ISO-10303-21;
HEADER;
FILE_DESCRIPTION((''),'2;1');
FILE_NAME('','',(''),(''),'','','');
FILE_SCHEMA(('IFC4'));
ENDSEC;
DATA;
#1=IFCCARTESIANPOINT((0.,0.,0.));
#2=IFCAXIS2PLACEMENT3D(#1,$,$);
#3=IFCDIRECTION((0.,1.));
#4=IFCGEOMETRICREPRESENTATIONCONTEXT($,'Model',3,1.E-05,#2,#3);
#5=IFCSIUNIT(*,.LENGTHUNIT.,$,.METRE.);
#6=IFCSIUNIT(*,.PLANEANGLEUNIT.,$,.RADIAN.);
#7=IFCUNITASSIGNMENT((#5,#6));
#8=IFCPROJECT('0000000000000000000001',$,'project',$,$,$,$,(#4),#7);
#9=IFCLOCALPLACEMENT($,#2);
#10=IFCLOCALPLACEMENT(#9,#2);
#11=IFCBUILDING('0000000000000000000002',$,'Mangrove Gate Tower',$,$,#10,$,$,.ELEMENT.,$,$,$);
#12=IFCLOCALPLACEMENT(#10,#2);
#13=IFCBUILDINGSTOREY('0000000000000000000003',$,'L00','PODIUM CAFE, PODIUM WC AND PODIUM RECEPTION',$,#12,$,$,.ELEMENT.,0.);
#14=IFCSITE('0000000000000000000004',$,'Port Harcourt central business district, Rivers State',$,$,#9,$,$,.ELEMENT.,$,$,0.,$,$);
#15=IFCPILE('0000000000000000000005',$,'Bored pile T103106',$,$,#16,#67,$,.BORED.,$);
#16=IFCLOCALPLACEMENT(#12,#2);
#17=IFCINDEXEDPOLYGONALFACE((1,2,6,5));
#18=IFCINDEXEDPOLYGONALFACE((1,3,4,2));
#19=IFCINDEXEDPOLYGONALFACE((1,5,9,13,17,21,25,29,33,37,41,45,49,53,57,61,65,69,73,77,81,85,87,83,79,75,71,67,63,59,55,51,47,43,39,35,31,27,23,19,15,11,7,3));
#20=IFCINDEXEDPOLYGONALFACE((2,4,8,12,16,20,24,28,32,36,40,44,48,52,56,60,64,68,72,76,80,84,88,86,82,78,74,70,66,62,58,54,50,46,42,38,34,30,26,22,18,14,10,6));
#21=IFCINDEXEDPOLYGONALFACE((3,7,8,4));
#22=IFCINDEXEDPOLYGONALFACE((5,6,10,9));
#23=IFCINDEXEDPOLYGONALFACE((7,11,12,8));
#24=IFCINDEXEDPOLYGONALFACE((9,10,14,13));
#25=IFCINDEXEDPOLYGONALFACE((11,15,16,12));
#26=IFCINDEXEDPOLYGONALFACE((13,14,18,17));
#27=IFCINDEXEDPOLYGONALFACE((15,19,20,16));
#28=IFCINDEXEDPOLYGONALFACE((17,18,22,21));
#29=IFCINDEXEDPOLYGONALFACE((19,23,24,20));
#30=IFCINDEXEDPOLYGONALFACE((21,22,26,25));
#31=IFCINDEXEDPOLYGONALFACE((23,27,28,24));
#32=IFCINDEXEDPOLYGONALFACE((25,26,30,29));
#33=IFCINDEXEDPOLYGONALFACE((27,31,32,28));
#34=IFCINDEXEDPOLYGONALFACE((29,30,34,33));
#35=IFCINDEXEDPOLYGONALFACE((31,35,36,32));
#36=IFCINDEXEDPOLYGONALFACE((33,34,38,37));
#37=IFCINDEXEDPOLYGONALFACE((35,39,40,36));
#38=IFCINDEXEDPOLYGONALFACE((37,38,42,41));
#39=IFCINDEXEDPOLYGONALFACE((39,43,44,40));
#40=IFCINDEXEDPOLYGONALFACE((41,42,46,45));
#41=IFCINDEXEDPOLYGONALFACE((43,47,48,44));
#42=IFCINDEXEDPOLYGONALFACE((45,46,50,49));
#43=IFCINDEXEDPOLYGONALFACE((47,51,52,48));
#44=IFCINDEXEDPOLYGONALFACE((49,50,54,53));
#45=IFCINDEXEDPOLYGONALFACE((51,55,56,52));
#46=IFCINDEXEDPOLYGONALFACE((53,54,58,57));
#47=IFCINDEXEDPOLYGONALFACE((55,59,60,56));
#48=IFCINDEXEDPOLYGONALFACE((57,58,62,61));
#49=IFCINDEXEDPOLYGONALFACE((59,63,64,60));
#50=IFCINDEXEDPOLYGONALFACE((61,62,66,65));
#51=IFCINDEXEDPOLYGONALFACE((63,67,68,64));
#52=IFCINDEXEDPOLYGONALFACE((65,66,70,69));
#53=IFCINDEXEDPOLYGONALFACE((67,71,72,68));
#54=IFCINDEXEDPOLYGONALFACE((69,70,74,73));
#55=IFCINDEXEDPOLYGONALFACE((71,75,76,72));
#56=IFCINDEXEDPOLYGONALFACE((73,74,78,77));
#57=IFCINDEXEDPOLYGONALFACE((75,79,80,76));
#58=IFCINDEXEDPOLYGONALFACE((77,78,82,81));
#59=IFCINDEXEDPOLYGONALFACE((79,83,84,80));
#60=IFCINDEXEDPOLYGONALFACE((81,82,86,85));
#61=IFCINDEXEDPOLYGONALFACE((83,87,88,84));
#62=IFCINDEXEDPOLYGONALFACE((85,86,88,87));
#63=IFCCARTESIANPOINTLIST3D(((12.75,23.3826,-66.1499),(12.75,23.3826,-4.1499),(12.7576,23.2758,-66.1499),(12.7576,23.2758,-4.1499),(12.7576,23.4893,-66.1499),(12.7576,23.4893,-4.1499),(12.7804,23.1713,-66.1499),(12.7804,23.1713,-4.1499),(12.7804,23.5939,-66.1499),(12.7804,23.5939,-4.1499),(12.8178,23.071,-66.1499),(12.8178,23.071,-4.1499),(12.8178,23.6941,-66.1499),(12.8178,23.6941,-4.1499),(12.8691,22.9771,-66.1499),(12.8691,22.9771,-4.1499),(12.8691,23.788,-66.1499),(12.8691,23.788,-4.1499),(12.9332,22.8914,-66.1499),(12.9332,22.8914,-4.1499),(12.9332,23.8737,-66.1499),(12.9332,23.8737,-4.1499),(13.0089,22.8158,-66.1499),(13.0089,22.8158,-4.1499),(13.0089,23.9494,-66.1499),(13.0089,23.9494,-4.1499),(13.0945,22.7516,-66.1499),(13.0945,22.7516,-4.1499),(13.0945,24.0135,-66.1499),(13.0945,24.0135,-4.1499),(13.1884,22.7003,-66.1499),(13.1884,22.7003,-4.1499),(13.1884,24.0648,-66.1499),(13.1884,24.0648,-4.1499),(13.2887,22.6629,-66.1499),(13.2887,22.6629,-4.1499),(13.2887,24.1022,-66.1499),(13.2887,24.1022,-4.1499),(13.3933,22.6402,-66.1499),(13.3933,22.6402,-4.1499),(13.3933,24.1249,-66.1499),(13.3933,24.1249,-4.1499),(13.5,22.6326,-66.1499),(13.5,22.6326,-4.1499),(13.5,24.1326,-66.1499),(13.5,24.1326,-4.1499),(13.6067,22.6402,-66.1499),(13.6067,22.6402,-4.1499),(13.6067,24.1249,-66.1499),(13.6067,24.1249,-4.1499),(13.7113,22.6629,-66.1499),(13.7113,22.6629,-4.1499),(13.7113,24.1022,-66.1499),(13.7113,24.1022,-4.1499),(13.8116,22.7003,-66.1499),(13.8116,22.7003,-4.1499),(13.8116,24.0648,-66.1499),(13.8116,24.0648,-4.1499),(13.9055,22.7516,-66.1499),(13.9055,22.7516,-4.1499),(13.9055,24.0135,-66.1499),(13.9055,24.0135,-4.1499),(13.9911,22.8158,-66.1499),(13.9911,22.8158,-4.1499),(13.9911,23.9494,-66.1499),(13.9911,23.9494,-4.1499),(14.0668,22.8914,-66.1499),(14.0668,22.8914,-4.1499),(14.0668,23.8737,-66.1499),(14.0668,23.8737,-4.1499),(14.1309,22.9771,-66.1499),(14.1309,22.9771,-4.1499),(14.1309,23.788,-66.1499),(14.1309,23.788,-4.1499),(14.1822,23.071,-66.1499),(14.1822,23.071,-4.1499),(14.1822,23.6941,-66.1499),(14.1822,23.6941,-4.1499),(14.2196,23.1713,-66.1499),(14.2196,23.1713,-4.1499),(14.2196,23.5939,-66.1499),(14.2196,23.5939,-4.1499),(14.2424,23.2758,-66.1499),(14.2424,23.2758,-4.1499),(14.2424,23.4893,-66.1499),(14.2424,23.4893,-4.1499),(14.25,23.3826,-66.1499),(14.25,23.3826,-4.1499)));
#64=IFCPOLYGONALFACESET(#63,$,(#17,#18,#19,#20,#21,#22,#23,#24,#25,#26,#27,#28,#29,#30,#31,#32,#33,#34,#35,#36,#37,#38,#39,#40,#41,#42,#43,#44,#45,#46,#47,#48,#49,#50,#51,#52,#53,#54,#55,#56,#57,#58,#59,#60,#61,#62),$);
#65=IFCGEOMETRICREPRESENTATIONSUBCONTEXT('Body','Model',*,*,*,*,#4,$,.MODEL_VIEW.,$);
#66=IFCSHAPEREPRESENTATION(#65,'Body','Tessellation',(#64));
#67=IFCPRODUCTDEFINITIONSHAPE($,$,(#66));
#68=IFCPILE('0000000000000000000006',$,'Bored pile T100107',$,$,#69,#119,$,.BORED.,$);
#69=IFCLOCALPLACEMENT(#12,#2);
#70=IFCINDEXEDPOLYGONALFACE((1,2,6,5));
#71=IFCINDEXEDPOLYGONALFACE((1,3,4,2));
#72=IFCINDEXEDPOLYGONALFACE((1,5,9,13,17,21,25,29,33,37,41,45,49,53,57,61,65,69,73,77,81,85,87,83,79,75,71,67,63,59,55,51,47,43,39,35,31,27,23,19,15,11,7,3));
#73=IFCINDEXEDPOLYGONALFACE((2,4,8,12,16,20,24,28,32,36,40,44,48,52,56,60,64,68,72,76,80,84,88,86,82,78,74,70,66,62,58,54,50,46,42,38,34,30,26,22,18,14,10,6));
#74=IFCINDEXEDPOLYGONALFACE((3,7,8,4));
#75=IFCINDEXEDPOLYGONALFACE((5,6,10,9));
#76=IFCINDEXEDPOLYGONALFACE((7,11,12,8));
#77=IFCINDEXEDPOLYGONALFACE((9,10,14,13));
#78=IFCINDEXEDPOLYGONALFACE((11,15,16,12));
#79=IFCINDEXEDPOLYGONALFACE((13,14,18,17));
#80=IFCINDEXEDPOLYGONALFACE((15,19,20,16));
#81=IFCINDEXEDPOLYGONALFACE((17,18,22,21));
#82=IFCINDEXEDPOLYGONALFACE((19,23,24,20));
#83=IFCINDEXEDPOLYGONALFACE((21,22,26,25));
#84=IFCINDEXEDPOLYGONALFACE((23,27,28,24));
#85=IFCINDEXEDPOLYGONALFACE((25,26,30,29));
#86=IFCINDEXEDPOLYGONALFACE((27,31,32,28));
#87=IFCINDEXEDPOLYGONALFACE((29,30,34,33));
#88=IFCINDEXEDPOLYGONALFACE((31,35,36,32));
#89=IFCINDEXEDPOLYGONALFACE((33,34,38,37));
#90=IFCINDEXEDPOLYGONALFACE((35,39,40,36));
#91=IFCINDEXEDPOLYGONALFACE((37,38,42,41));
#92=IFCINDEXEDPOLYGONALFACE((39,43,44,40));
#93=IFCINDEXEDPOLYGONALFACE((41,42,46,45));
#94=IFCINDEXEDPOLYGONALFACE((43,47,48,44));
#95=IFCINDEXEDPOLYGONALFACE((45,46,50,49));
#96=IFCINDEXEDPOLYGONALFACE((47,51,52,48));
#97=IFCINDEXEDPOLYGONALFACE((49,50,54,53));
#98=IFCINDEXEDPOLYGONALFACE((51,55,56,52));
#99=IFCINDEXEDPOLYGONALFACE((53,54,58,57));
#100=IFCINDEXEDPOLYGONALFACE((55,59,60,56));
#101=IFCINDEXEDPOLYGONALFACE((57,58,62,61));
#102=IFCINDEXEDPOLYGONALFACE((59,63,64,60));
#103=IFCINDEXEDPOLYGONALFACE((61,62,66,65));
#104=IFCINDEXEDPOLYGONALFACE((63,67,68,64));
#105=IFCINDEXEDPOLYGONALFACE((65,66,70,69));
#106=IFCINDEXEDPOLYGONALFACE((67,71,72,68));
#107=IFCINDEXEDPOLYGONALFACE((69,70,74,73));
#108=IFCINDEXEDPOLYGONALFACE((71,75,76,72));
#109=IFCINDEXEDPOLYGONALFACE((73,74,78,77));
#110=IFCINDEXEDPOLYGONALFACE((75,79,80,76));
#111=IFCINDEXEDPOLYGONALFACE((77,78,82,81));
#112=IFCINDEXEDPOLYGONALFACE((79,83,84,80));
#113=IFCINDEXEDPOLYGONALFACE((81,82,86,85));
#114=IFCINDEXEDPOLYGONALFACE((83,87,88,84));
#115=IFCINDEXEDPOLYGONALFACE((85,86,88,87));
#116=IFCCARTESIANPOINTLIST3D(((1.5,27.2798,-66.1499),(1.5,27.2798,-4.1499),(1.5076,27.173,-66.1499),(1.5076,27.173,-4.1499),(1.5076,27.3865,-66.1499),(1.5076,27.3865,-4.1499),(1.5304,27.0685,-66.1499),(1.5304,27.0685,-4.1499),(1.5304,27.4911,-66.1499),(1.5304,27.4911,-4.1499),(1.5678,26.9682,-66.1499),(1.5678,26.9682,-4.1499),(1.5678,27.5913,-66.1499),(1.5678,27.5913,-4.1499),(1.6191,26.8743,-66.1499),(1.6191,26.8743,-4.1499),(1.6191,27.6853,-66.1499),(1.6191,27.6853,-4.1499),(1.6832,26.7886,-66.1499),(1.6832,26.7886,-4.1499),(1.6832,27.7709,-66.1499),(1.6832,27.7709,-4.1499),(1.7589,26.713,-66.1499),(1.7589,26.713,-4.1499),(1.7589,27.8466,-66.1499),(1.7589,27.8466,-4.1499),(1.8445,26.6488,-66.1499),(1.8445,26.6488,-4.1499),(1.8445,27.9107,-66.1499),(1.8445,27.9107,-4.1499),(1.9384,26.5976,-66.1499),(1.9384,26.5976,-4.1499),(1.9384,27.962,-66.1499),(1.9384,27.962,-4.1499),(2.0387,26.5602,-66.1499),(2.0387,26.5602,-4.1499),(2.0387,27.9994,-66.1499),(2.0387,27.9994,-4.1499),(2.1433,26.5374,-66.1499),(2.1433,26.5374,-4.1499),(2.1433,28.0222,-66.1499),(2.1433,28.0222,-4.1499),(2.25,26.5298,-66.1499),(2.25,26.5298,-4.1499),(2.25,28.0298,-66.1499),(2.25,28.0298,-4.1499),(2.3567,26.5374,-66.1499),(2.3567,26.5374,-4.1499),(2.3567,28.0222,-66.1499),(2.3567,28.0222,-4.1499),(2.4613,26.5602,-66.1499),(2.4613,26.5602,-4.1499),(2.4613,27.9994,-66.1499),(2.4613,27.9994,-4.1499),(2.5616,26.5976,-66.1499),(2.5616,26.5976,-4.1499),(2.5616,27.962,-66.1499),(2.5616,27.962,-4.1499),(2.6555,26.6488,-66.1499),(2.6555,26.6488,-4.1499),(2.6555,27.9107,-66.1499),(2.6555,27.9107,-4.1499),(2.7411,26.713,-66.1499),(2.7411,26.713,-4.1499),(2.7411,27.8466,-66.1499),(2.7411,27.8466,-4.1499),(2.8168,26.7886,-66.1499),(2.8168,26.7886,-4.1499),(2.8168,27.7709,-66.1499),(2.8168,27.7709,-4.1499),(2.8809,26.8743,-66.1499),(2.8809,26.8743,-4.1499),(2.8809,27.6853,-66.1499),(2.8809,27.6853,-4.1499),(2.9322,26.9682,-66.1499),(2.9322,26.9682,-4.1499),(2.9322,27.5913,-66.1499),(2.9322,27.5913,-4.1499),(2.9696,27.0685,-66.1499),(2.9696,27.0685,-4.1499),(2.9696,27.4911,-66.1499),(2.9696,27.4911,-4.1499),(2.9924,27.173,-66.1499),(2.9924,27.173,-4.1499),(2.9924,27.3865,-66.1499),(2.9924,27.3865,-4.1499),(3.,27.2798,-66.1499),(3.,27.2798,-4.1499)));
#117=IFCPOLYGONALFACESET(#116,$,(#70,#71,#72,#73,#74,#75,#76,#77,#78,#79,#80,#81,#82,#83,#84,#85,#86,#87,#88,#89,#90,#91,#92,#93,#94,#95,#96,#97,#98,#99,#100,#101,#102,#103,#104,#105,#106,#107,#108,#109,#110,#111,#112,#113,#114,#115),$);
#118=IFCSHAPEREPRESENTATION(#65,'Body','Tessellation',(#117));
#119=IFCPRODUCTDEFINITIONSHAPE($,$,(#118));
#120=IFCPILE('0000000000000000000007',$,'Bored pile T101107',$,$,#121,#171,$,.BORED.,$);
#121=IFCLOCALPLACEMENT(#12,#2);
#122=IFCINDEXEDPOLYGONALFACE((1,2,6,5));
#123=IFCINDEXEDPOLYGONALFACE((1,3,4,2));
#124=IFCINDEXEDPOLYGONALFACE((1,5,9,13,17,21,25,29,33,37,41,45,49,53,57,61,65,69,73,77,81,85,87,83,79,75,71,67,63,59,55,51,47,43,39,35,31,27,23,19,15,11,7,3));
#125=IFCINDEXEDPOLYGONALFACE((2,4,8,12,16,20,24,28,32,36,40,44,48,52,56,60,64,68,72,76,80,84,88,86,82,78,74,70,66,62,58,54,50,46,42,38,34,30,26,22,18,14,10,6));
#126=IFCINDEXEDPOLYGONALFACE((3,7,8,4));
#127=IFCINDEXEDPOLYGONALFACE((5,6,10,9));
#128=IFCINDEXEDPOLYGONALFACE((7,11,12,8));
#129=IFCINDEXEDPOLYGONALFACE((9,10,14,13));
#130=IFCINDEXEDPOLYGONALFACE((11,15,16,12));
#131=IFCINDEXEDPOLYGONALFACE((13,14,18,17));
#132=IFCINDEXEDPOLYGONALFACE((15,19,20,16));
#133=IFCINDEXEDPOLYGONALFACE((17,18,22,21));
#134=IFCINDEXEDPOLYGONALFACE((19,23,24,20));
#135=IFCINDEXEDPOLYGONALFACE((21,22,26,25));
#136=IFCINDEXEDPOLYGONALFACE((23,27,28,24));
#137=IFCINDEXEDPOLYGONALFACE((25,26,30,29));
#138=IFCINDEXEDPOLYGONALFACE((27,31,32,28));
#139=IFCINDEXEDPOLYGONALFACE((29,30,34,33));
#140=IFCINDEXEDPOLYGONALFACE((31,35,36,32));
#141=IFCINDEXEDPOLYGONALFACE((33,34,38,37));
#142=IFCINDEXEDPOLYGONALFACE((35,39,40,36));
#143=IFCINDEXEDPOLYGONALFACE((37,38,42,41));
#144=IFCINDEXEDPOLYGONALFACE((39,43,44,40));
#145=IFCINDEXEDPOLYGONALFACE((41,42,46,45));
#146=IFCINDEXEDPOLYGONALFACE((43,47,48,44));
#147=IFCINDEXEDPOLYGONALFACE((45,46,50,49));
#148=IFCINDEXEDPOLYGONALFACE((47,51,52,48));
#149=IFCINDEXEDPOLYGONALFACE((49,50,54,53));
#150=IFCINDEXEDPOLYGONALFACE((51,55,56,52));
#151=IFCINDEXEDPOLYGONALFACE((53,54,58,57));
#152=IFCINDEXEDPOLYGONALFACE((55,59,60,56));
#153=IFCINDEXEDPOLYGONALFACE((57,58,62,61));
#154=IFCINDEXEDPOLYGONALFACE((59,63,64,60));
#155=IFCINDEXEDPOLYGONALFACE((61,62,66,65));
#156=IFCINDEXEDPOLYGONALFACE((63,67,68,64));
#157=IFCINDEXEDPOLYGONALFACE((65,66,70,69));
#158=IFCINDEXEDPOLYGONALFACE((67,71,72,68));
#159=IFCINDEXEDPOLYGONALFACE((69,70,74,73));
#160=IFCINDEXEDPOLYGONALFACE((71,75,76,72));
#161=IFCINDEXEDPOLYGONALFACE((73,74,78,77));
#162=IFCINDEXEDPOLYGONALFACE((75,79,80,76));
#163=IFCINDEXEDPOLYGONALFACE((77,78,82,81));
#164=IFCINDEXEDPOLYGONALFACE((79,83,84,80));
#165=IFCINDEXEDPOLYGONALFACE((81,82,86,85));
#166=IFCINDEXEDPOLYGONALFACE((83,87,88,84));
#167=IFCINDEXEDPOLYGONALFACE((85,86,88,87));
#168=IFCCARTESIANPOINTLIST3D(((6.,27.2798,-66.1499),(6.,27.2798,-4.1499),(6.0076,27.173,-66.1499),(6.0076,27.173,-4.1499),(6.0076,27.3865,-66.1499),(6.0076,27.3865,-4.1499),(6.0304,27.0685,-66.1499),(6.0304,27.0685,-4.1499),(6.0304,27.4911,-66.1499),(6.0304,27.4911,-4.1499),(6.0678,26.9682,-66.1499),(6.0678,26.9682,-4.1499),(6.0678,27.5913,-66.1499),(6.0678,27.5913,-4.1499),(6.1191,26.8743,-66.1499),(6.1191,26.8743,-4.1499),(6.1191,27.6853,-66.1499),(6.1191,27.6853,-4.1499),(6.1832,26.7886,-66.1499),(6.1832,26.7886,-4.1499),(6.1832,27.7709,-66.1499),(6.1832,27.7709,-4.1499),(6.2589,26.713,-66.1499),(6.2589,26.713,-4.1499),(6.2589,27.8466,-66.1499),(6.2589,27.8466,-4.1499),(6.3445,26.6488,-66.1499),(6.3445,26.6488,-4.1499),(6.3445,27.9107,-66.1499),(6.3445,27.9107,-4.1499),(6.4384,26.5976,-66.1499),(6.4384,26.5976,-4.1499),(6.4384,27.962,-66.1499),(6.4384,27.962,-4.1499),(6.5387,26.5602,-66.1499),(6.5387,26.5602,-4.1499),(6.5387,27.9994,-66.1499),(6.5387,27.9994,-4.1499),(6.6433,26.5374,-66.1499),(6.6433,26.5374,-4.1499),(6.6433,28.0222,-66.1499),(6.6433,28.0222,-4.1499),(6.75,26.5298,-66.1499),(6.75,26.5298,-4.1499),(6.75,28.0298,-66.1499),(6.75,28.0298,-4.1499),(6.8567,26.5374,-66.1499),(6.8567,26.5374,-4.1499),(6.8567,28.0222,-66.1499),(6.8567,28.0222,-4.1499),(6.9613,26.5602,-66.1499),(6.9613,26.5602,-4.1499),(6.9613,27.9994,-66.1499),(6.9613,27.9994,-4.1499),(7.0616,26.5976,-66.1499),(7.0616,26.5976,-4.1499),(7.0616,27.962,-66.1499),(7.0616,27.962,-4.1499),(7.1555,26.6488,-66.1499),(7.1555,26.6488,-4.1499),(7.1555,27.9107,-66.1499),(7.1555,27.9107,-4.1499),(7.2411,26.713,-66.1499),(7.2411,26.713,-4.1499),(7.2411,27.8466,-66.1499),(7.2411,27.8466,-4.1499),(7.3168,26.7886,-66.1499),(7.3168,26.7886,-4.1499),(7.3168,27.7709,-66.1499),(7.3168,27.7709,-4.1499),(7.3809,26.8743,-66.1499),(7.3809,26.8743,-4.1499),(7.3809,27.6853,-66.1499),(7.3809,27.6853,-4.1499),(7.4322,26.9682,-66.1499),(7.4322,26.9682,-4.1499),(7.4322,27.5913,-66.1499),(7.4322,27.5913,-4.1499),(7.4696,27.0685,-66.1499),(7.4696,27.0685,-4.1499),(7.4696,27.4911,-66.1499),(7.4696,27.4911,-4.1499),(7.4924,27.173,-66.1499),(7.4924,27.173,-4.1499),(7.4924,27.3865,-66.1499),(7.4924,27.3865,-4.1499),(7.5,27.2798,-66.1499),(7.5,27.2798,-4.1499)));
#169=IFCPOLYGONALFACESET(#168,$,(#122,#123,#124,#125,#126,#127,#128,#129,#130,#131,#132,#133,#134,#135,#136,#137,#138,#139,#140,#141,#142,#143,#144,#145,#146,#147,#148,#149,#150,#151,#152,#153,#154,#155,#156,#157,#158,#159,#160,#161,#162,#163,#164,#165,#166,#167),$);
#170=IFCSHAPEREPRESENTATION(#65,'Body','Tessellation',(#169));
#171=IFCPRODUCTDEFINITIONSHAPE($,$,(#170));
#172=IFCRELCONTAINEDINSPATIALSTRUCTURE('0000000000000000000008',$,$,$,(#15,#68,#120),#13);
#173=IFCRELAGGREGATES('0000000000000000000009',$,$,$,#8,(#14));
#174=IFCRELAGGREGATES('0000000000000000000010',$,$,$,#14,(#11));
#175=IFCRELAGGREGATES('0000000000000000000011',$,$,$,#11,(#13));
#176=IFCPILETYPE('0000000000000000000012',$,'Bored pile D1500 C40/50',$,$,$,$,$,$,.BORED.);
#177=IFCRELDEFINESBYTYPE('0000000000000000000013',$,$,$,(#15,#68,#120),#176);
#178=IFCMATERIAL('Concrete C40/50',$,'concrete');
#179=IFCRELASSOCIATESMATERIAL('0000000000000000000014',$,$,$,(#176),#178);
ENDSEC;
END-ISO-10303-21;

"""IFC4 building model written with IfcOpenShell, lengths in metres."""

from ifc_helpers import new_model, si_unit, direction, frame, origin, origin_2d, place, context, subcontext, project, spatial, circle, extrude, material, material_profile, profile_set, type_object, element, save


model = new_model("IFC4")

# Units and contexts
model_context = context("Model", 3, precision=1e-05, world=origin(), true_north=direction((0.0, 1.0)))
body_context = subcontext(model_context, "Body", "Model", "MODEL_VIEW")
ifc_project = project(units=[si_unit("LENGTHUNIT", "METRE"), si_unit("PLANEANGLEUNIT", "RADIAN")], contexts=[model_context])

# Site, building, storey
site_placement = place(None, origin())
site = spatial("IfcSite", under=ifc_project, at=site_placement, Name="Port Harcourt central business district, Rivers State", CompositionType="ELEMENT", RefElevation=0.0)
building_placement = place(site_placement, origin())
building = spatial("IfcBuilding", under=site, at=building_placement, Name="Mangrove Gate Tower", CompositionType="ELEMENT")
storey_placement = place(building_placement, origin())
storey = spatial("IfcBuildingStorey", under=building, at=storey_placement, Name="L00", Description="PODIUM CAFE, PODIUM WC AND PODIUM RECEPTION", CompositionType="ELEMENT", Elevation=0.0)

# Piles
ifc_material_1 = material(Name="Concrete C40/50", Category="concrete")
ifc_material_profile_1 = material_profile(ifc_material_1, circle(Radius=0.75, at=origin_2d()))
ifc_profile_set_1 = profile_set([ifc_material_profile_1], Name="Concrete C40/50")
pile_type = type_object("IfcPileType", Name="Bored pile D1500 C40/50", PredefinedType="BORED", material=ifc_profile_set_1)
for number, where, z_axis, x_axis, name in (
    (1, (13.5, 23.3826, -4.1499), (0.0, 0.0, -1.0), (1.0, 0.0, 0.0), "Bored pile T103106"),
    (2, (2.25, 27.2798, -4.1499), (0.0, 0.0, -1.0), (1.0, 0.0, 0.0), "Bored pile T100107"),
    (3, (6.75, 27.2798, -4.1499), (0.0, 0.0, -1.0), (1.0, 0.0, 0.0), "Bored pile T101107"),
):
    element("IfcPile", number, at=place(storey_placement, frame(where, z_axis=z_axis, x_axis=x_axis)), inside=storey, type_object=pile_type, Name=name, PredefinedType="BORED", context=body_context, shape_type="SweptSolid", body=[
        extrude(circle(Radius=0.75, at=origin_2d()), origin(), (0.0, 0.0, 1.0), 62.0),
    ])

save(model, "model.ifc")
